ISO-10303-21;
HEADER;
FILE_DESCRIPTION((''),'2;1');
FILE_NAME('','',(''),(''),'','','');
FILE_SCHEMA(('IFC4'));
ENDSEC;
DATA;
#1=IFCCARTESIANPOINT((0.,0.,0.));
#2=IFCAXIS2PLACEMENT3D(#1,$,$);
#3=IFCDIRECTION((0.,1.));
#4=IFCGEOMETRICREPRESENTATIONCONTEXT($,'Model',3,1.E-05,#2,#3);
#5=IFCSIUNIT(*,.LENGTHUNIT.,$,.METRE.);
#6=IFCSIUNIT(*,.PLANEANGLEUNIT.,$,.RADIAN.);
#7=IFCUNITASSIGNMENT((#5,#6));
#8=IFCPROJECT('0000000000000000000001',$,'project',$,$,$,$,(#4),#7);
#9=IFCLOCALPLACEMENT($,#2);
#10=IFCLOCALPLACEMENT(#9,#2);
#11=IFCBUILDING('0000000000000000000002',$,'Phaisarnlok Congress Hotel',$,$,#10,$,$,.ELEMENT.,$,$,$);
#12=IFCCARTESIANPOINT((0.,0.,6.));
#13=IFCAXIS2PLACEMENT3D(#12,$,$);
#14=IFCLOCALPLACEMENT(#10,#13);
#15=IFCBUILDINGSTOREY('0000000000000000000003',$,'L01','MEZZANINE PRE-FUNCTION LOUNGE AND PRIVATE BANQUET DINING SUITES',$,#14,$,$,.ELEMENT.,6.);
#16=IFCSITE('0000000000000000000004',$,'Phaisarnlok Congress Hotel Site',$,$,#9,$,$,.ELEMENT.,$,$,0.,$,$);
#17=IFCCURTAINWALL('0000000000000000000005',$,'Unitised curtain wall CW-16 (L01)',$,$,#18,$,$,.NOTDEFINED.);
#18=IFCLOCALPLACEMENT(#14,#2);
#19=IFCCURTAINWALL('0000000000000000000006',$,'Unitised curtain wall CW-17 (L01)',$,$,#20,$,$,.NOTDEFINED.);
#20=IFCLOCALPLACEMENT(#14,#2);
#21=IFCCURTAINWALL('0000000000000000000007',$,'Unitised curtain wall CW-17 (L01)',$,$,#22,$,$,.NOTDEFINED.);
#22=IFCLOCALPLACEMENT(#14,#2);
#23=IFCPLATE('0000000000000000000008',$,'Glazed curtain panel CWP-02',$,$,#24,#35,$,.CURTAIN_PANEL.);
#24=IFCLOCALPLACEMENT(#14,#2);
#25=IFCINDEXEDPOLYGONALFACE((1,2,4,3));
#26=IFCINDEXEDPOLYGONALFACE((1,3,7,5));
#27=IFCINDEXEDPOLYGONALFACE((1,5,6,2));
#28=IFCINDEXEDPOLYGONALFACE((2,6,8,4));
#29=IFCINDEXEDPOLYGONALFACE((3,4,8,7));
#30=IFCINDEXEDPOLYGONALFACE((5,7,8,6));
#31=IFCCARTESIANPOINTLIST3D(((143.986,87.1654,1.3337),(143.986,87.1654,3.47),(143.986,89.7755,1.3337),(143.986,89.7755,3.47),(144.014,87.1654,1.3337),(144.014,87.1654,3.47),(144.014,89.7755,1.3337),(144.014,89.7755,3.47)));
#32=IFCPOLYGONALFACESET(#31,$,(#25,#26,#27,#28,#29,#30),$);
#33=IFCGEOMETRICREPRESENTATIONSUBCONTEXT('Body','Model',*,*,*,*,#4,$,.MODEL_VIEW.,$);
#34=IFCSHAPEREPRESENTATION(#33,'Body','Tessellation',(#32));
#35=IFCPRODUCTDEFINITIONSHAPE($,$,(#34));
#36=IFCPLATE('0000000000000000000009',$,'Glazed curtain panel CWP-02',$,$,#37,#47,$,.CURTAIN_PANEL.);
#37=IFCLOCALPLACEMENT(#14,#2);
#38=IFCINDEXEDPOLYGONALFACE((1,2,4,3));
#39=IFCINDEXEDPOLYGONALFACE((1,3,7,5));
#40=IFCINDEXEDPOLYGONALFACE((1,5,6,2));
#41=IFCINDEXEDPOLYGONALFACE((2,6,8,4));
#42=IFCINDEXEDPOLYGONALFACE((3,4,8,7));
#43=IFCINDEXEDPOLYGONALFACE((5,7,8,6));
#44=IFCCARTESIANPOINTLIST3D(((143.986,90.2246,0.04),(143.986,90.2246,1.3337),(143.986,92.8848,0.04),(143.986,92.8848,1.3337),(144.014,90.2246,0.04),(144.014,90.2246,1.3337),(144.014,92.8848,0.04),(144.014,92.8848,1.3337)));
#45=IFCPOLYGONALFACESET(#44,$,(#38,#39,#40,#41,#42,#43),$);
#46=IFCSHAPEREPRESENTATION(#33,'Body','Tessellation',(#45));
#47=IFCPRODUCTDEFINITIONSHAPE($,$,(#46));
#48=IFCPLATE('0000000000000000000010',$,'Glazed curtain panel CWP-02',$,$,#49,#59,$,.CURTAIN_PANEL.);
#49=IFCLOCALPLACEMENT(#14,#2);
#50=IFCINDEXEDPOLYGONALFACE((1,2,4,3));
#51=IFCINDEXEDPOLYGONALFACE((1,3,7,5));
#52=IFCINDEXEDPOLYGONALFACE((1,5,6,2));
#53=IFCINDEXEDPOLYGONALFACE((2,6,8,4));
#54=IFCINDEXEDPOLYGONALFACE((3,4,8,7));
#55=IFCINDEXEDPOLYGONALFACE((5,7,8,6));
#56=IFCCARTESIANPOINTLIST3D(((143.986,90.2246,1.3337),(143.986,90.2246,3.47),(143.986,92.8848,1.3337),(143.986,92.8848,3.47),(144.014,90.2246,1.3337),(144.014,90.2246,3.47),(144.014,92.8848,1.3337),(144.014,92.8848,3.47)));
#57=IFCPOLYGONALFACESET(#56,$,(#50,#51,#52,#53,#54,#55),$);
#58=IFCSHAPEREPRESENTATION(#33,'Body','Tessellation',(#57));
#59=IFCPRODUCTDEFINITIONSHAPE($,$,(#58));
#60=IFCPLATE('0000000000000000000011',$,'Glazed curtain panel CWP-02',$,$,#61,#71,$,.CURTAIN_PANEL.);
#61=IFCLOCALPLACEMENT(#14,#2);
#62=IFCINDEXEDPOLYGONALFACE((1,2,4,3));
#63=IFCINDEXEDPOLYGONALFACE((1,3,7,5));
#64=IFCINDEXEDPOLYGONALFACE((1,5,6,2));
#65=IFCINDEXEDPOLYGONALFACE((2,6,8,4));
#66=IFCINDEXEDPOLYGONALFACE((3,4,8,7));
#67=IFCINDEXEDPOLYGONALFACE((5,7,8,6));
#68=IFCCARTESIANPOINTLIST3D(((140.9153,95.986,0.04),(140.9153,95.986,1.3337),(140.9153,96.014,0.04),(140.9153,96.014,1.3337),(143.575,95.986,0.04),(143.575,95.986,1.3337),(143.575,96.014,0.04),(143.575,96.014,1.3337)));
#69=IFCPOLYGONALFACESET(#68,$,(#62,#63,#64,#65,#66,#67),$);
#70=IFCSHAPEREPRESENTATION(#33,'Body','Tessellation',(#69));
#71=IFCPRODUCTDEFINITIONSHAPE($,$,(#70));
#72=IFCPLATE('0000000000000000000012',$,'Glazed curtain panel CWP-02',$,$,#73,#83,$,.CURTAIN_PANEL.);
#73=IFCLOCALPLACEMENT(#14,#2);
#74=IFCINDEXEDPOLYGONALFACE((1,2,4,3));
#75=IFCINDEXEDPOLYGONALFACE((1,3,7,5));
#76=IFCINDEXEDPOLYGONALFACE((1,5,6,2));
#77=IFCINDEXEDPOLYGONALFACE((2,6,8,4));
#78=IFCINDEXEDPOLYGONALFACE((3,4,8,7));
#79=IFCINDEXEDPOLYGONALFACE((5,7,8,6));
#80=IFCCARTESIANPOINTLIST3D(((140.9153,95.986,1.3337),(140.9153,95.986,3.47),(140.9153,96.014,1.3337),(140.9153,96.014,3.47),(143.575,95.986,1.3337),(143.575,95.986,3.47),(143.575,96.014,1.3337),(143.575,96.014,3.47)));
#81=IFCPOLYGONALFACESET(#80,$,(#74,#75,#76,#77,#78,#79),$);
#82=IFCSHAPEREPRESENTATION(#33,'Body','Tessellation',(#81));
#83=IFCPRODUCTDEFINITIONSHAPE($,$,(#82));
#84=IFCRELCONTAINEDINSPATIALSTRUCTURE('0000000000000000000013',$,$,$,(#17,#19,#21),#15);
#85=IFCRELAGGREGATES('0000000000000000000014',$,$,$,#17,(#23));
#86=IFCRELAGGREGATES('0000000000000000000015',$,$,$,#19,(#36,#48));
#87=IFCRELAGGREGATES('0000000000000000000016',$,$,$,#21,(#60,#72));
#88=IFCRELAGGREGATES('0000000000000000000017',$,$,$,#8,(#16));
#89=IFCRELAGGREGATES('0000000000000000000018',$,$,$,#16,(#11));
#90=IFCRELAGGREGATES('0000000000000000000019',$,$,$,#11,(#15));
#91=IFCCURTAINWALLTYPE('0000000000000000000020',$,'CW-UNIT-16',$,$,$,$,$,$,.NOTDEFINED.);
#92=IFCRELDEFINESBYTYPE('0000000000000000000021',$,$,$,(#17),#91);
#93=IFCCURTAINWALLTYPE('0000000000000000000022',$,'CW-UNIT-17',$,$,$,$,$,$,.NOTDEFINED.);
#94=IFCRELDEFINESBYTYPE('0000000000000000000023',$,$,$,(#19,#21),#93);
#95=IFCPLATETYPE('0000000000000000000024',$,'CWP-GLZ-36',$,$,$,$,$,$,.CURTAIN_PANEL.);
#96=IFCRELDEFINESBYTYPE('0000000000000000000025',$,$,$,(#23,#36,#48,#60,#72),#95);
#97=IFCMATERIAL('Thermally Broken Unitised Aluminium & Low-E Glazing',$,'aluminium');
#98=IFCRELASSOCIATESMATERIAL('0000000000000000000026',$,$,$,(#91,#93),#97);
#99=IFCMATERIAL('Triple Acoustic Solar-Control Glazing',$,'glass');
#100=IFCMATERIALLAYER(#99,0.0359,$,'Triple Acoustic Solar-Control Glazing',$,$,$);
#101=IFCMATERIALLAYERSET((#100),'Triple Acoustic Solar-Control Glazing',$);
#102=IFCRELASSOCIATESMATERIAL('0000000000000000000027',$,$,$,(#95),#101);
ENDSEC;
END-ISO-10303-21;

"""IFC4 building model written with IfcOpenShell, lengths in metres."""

from ifc_helpers import new_model, si_unit, direction, frame, frame_2d, origin, place, context, subcontext, project, spatial, rectangle, extrude, material, layer, layer_set, type_object, element, aggregate, save


model = new_model("IFC4")

# Units and contexts
model_context = context("Model", 3, precision=1e-05, world=origin(), true_north=direction((0.0, 1.0)))
body_context = subcontext(model_context, "Body", "Model", "MODEL_VIEW")
ifc_project = project(units=[si_unit("LENGTHUNIT", "METRE"), si_unit("PLANEANGLEUNIT", "RADIAN")], contexts=[model_context])

# Site, building, storey
site_placement = place(None, origin())
site = spatial("IfcSite", under=ifc_project, at=site_placement, Name="Phaisarnlok Congress Hotel Site", CompositionType="ELEMENT", RefElevation=0.0)
building_placement = place(site_placement, origin())
building = spatial("IfcBuilding", under=site, at=building_placement, Name="Phaisarnlok Congress Hotel", CompositionType="ELEMENT")
storey_placement = place(building_placement, frame((0.0, 0.0, 6.0)))
storey = spatial("IfcBuildingStorey", under=building, at=storey_placement, Name="L01", Description="MEZZANINE PRE-FUNCTION LOUNGE AND PRIVATE BANQUET DINING SUITES", CompositionType="ELEMENT", Elevation=6.0)

# Curtain walls
ifc_material_1 = material(Name="Thermally Broken Unitised Aluminium & Low-E Glazing", Category="aluminium")
curtain_wall_type_1 = type_object("IfcCurtainWallType", Name="CW-UNIT-16", PredefinedType="NOTDEFINED", material=ifc_material_1)
curtain_wall_1_placement = place(storey_placement, origin())
curtain_wall_1 = element("IfcCurtainWall", 1, at=curtain_wall_1_placement, inside=storey, type_object=curtain_wall_type_1, Name="Unitised curtain wall CW-16 (L01)", PredefinedType="NOTDEFINED")
curtain_wall_type_2 = type_object("IfcCurtainWallType", Name="CW-UNIT-17", PredefinedType="NOTDEFINED", material=ifc_material_1)
curtain_wall_2_placement = place(storey_placement, origin())
curtain_wall_2 = element("IfcCurtainWall", 2, at=curtain_wall_2_placement, inside=storey, type_object=curtain_wall_type_2, Name="Unitised curtain wall CW-17 (L01)", PredefinedType="NOTDEFINED")

# Curtain wall
curtain_wall_3_placement = place(storey_placement, origin())
curtain_wall_3 = element("IfcCurtainWall", 3, at=curtain_wall_3_placement, inside=storey, type_object=curtain_wall_type_2, Name="Unitised curtain wall CW-17 (L01)", PredefinedType="NOTDEFINED")

# Plates
ifc_material_2 = material(Name="Triple Acoustic Solar-Control Glazing", Category="glass")
ifc_layer = layer(ifc_material_2, 0.0359, Name="Triple Acoustic Solar-Control Glazing")
ifc_layer_set = layer_set([ifc_layer], Name="Triple Acoustic Solar-Control Glazing")
plate_type = type_object("IfcPlateType", Name="CWP-GLZ-36", PredefinedType="CURTAIN_PANEL", material=ifc_layer_set)
plate_1_placement = place(storey_placement, frame((144.0, 87.1653, 1.3337), z_axis=(0.0, 0.0, 1.0), x_axis=(0.0, 1.0, 0.0)))
plate_1 = element("IfcPlate", 4, at=plate_1_placement, type_object=plate_type, Name="Glazed curtain panel CWP-02", PredefinedType="CURTAIN_PANEL", context=body_context, shape_type="SweptSolid", body=[
    extrude(rectangle(XDim=2.6101, YDim=0.0281, at=frame_2d((1.3052, 0.0))), origin(), (0.0, 0.0, 1.0), 2.1362),
])
aggregate(curtain_wall_1, [plate_1])
plate_2_placement = place(storey_placement, frame((144.0, 90.2246, 0.04), z_axis=(0.0, 0.0, 1.0), x_axis=(0.0, 1.0, 0.0)))
plate_2 = element("IfcPlate", 5, at=plate_2_placement, type_object=plate_type, Name="Glazed curtain panel CWP-02", PredefinedType="CURTAIN_PANEL", context=body_context, shape_type="SweptSolid", body=[
    extrude(rectangle(XDim=2.6602, YDim=0.0281, at=frame_2d((1.3301, 0.0))), origin(), (0.0, 0.0, 1.0), 1.2937),
])
plate_3_placement = place(storey_placement, frame((144.0, 90.2246, 1.3337), z_axis=(0.0, 0.0, 1.0), x_axis=(0.0, 1.0, 0.0)))
plate_3 = element("IfcPlate", 6, at=plate_3_placement, type_object=plate_type, Name="Glazed curtain panel CWP-02", PredefinedType="CURTAIN_PANEL", context=body_context, shape_type="SweptSolid", body=[
    extrude(rectangle(XDim=2.6602, YDim=0.0281, at=frame_2d((1.3301, 0.0))), origin(), (0.0, 0.0, 1.0), 2.1362),
])
aggregate(curtain_wall_2, [plate_2, plate_3])
plate_4_placement = place(storey_placement, frame((143.575, 96.0, 0.04), z_axis=(0.0, 0.0, 1.0), x_axis=(-1.0, 0.0, 0.0)))
plate_4 = element("IfcPlate", 7, at=plate_4_placement, type_object=plate_type, Name="Glazed curtain panel CWP-02", PredefinedType="CURTAIN_PANEL", context=body_context, shape_type="SweptSolid", body=[
    extrude(rectangle(XDim=2.6597, YDim=0.0281, at=frame_2d((1.3298, 0.0))), origin(), (0.0, 0.0, 1.0), 1.2937),
])
plate_5_placement = place(storey_placement, frame((143.575, 96.0, 1.3337), z_axis=(0.0, 0.0, 1.0), x_axis=(-1.0, 0.0, 0.0)))
plate_5 = element("IfcPlate", 8, at=plate_5_placement, type_object=plate_type, Name="Glazed curtain panel CWP-02", PredefinedType="CURTAIN_PANEL", context=body_context, shape_type="SweptSolid", body=[
    extrude(rectangle(XDim=2.6597, YDim=0.0281, at=frame_2d((1.3298, 0.0))), origin(), (0.0, 0.0, 1.0), 2.1362),
])
aggregate(curtain_wall_3, [plate_4, plate_5])

save(model, "model.ifc")
